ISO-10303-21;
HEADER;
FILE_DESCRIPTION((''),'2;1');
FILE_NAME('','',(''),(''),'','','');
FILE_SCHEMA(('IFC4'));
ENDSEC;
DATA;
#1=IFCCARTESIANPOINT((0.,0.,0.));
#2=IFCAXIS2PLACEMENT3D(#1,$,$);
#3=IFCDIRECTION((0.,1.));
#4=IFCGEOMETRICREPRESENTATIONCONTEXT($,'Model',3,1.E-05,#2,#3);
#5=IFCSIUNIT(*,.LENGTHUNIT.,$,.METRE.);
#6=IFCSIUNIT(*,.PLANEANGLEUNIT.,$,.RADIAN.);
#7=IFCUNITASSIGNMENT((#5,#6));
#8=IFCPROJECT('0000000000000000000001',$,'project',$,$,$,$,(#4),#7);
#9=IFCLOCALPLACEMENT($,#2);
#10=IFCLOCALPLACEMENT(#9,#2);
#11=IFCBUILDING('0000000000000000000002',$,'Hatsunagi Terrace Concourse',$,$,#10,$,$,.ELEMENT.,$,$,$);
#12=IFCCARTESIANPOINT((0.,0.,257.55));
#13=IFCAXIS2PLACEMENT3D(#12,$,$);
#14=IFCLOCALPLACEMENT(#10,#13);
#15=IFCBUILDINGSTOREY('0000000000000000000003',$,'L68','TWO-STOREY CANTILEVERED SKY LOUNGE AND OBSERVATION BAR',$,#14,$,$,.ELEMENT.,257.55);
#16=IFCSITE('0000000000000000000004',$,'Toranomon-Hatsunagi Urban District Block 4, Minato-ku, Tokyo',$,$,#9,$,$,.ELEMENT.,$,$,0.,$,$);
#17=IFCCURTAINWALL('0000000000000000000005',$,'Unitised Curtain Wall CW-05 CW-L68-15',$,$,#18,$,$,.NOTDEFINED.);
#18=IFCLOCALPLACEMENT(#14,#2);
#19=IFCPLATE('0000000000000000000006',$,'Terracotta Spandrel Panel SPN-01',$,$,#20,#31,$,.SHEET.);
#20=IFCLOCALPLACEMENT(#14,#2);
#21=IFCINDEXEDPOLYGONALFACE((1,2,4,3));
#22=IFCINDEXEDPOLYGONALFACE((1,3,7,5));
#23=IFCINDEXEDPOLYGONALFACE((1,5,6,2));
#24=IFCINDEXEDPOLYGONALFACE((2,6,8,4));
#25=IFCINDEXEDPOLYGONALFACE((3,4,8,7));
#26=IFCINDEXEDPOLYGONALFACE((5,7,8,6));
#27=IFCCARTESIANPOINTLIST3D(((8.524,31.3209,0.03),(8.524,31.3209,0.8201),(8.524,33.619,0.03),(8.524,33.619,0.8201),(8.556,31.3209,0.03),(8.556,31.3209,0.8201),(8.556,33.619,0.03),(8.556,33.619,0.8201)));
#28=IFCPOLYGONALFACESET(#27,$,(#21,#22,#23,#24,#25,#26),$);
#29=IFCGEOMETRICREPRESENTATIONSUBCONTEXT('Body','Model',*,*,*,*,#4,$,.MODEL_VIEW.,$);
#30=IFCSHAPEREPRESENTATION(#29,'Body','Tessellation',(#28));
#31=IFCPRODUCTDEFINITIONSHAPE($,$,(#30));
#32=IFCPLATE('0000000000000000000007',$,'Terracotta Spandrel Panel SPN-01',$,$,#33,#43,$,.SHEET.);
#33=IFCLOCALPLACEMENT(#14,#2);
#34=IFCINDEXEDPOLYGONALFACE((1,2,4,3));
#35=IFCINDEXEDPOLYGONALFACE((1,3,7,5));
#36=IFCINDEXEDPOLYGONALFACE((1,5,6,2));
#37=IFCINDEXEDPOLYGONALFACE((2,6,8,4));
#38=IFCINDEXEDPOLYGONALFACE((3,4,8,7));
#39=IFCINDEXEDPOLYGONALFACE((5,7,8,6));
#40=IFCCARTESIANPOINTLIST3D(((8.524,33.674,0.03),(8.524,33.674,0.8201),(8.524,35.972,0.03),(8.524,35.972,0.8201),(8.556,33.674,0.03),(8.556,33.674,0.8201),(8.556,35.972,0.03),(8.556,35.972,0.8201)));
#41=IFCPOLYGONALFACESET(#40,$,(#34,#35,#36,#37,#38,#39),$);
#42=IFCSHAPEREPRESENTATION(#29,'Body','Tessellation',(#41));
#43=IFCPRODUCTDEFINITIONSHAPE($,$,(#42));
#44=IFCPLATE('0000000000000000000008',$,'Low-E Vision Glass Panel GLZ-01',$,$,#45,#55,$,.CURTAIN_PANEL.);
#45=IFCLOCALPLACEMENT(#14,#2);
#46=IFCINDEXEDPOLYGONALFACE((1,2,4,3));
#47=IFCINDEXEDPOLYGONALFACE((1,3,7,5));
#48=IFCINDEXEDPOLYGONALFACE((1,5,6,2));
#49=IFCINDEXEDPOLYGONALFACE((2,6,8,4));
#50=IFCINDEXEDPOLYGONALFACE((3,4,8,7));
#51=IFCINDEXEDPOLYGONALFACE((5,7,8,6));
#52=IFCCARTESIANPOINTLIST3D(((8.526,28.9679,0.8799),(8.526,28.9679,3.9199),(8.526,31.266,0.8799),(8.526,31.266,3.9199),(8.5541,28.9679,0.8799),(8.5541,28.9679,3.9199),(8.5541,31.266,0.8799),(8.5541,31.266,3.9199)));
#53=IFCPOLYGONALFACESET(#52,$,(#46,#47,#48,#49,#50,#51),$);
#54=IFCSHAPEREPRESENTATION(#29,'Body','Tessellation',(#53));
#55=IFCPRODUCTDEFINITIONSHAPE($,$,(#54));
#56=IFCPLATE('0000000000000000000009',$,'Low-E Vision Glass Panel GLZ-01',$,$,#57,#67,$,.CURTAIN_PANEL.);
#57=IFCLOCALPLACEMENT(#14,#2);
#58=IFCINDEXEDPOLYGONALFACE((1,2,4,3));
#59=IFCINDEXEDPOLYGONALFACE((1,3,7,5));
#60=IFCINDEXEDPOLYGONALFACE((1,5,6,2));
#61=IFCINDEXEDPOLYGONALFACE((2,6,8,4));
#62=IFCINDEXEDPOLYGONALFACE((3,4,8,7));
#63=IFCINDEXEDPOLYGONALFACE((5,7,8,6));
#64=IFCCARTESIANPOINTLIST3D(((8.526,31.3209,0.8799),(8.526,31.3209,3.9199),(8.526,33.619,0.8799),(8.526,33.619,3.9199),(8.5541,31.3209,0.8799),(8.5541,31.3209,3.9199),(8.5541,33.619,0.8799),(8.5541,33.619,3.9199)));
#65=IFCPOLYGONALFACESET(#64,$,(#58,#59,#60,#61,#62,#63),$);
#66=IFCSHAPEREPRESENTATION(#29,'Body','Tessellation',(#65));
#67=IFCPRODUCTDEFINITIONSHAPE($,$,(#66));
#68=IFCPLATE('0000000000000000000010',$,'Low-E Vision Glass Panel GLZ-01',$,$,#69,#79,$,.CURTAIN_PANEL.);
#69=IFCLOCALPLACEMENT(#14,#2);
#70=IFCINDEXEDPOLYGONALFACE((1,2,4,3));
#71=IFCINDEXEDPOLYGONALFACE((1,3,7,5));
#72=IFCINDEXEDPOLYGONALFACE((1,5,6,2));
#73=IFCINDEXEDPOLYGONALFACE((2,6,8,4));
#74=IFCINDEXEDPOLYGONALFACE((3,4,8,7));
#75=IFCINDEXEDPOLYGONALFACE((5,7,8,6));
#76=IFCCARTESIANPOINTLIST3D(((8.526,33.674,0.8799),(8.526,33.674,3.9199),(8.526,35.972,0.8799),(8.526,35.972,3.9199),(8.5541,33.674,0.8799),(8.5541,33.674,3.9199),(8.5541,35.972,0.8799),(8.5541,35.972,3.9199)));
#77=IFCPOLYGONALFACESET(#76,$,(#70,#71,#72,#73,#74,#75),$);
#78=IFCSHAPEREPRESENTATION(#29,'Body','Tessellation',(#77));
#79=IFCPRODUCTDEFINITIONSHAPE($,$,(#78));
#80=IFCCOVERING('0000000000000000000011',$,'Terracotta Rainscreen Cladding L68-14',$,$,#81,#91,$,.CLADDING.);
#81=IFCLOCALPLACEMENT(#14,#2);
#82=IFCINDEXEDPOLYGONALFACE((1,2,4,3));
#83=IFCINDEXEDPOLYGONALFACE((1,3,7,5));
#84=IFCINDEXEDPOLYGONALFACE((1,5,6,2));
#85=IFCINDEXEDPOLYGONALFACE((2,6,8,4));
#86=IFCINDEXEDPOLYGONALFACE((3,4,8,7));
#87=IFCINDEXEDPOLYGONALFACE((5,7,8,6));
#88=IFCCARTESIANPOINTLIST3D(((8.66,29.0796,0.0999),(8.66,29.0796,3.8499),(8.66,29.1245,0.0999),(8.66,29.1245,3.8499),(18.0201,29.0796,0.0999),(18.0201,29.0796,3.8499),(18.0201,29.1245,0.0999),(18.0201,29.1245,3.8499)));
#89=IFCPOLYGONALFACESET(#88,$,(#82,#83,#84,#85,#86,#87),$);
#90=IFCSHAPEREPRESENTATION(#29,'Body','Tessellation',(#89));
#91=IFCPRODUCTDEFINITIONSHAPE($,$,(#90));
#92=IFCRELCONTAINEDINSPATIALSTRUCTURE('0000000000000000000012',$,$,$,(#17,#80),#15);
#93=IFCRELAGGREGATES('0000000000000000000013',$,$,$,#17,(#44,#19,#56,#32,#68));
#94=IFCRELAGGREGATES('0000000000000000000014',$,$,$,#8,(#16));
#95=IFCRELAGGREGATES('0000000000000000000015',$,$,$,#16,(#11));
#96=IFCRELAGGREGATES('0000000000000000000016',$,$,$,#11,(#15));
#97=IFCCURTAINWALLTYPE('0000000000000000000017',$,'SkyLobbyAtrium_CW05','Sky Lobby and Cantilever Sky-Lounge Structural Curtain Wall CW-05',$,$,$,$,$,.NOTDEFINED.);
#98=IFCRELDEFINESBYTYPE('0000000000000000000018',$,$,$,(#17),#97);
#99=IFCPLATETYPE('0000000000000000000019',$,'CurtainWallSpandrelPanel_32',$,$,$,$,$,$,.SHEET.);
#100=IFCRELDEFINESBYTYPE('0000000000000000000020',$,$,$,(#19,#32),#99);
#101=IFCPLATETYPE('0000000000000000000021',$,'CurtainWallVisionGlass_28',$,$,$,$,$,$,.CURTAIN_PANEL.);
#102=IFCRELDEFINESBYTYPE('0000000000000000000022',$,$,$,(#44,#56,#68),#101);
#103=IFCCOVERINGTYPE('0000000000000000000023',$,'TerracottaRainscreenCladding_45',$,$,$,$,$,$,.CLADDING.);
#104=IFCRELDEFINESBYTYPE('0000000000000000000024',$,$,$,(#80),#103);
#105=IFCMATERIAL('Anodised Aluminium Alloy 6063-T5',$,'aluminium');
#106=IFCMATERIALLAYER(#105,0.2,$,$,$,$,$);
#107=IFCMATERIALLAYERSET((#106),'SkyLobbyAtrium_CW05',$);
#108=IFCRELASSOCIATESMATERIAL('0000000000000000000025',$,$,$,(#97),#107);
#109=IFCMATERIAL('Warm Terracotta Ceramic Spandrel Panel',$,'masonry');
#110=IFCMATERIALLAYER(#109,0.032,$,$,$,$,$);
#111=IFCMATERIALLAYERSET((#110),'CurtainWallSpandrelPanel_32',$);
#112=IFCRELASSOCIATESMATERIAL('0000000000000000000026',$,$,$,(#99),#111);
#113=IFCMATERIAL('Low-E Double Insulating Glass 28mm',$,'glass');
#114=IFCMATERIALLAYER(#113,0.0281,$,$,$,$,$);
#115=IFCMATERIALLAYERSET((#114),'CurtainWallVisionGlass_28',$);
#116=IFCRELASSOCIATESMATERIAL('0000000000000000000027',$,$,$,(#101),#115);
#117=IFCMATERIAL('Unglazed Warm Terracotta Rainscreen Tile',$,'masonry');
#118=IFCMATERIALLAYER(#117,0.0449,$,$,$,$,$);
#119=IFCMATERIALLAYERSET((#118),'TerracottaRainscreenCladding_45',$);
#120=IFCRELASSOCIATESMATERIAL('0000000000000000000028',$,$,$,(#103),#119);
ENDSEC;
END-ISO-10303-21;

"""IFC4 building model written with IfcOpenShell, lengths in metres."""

from ifc_helpers import new_model, si_unit, direction, frame, origin, origin_2d, place, context, subcontext, project, spatial, rectangle, extrude, material, layer, layer_set, type_object, element, aggregate, save


model = new_model("IFC4")

# Units and contexts
model_context = context("Model", 3, precision=1e-05, world=origin(), true_north=direction((0.0, 1.0)))
body_context = subcontext(model_context, "Body", "Model", "MODEL_VIEW")
ifc_project = project(units=[si_unit("LENGTHUNIT", "METRE"), si_unit("PLANEANGLEUNIT", "RADIAN")], contexts=[model_context])

# Site, building, storey
site_placement = place(None, origin())
site = spatial("IfcSite", under=ifc_project, at=site_placement, Name="Toranomon-Hatsunagi Urban District Block 4, Minato-ku, Tokyo", CompositionType="ELEMENT", RefElevation=0.0)
building_placement = place(site_placement, origin())
building = spatial("IfcBuilding", under=site, at=building_placement, Name="Hatsunagi Terrace Concourse", CompositionType="ELEMENT")
storey_placement = place(building_placement, frame((0.0, 0.0, 257.55)))
storey = spatial("IfcBuildingStorey", under=building, at=storey_placement, Name="L68", Description="TWO-STOREY CANTILEVERED SKY LOUNGE AND OBSERVATION BAR", CompositionType="ELEMENT", Elevation=257.55)

# Curtain wall
ifc_material_1 = material(Name="Anodised Aluminium Alloy 6063-T5", Category="aluminium")
ifc_layer_1 = layer(ifc_material_1, 0.2)
ifc_layer_set_1 = layer_set([ifc_layer_1], Name="SkyLobbyAtrium_CW05")
curtain_wall_type = type_object("IfcCurtainWallType", Name="SkyLobbyAtrium_CW05", Description="Sky Lobby and Cantilever Sky-Lounge Structural Curtain Wall CW-05", PredefinedType="NOTDEFINED", material=ifc_layer_set_1)
curtain_wall_placement = place(storey_placement, origin())
curtain_wall = element("IfcCurtainWall", 1, at=curtain_wall_placement, inside=storey, type_object=curtain_wall_type, Name="Unitised Curtain Wall CW-05 CW-L68-15", PredefinedType="NOTDEFINED")

# Plates
ifc_material_2 = material(Name="Warm Terracotta Ceramic Spandrel Panel", Category="masonry")
ifc_layer_2 = layer(ifc_material_2, 0.032)
ifc_layer_set_2 = layer_set([ifc_layer_2], Name="CurtainWallSpandrelPanel_32")
plate_type_1 = type_object("IfcPlateType", Name="CurtainWallSpandrelPanel_32", PredefinedType="SHEET", material=ifc_layer_set_2)
plate_1_placement = place(storey_placement, frame((8.54, 32.47, 0.03), z_axis=(0.0, 0.0, 1.0), x_axis=(0.0, 1.0, 0.0)))
plate_1 = element("IfcPlate", 2, at=plate_1_placement, type_object=plate_type_1, Name="Terracotta Spandrel Panel SPN-01", PredefinedType="SHEET", context=body_context, shape_type="SweptSolid", body=[
    extrude(rectangle(XDim=2.2981, YDim=0.032, at=origin_2d()), origin(), (0.0, 0.0, 1.0), 0.79),
])
plate_2_placement = place(storey_placement, frame((8.54, 34.823, 0.03), z_axis=(0.0, 0.0, 1.0), x_axis=(0.0, 1.0, 0.0)))
plate_2 = element("IfcPlate", 3, at=plate_2_placement, type_object=plate_type_1, Name="Terracotta Spandrel Panel SPN-01", PredefinedType="SHEET", context=body_context, shape_type="SweptSolid", body=[
    extrude(rectangle(XDim=2.2981, YDim=0.032, at=origin_2d()), origin(), (0.0, 0.0, 1.0), 0.79),
])
ifc_material_3 = material(Name="Low-E Double Insulating Glass 28mm", Category="glass")
ifc_layer_3 = layer(ifc_material_3, 0.0281)
ifc_layer_set_3 = layer_set([ifc_layer_3], Name="CurtainWallVisionGlass_28")
plate_type_2 = type_object("IfcPlateType", Name="CurtainWallVisionGlass_28", PredefinedType="CURTAIN_PANEL", material=ifc_layer_set_3)
plate_3_placement = place(storey_placement, frame((8.54, 30.1169, 0.8799), z_axis=(0.0, 0.0, 1.0), x_axis=(0.0, 1.0, 0.0)))
plate_3 = element("IfcPlate", 4, at=plate_3_placement, type_object=plate_type_2, Name="Low-E Vision Glass Panel GLZ-01", PredefinedType="CURTAIN_PANEL", context=body_context, shape_type="SweptSolid", body=[
    extrude(rectangle(XDim=2.2981, YDim=0.0281, at=origin_2d()), origin(), (0.0, 0.0, 1.0), 3.04),
])
plate_4_placement = place(storey_placement, frame((8.54, 32.47, 0.8799), z_axis=(0.0, 0.0, 1.0), x_axis=(0.0, 1.0, 0.0)))
plate_4 = element("IfcPlate", 5, at=plate_4_placement, type_object=plate_type_2, Name="Low-E Vision Glass Panel GLZ-01", PredefinedType="CURTAIN_PANEL", context=body_context, shape_type="SweptSolid", body=[
    extrude(rectangle(XDim=2.2981, YDim=0.0281, at=origin_2d()), origin(), (0.0, 0.0, 1.0), 3.04),
])
plate_5_placement = place(storey_placement, frame((8.54, 34.823, 0.8799), z_axis=(0.0, 0.0, 1.0), x_axis=(0.0, 1.0, 0.0)))
plate_5 = element("IfcPlate", 6, at=plate_5_placement, type_object=plate_type_2, Name="Low-E Vision Glass Panel GLZ-01", PredefinedType="CURTAIN_PANEL", context=body_context, shape_type="SweptSolid", body=[
    extrude(rectangle(XDim=2.2981, YDim=0.0281, at=origin_2d()), origin(), (0.0, 0.0, 1.0), 3.04),
])
aggregate(curtain_wall, [plate_3, plate_1, plate_4, plate_2, plate_5])

# Covering
ifc_material_4 = material(Name="Unglazed Warm Terracotta Rainscreen Tile", Category="masonry")
ifc_layer_4 = layer(ifc_material_4, 0.0449)
ifc_layer_set_4 = layer_set([ifc_layer_4], Name="TerracottaRainscreenCladding_45")
covering_type = type_object("IfcCoveringType", Name="TerracottaRainscreenCladding_45", PredefinedType="CLADDING", material=ifc_layer_set_4)
covering_placement = place(storey_placement, frame((13.3401, 29.1021, 0.0999), z_axis=(0.0, 0.0, 1.0), x_axis=(-1.0, 0.0, 0.0)))
element("IfcCovering", 7, at=covering_placement, inside=storey, type_object=covering_type, Name="Terracotta Rainscreen Cladding L68-14", PredefinedType="CLADDING", context=body_context, shape_type="SweptSolid", body=[
    extrude(rectangle(XDim=9.3601, YDim=0.0449, at=origin_2d()), origin(), (0.0, 0.0, 1.0), 3.75),
])

save(model, "model.ifc")
